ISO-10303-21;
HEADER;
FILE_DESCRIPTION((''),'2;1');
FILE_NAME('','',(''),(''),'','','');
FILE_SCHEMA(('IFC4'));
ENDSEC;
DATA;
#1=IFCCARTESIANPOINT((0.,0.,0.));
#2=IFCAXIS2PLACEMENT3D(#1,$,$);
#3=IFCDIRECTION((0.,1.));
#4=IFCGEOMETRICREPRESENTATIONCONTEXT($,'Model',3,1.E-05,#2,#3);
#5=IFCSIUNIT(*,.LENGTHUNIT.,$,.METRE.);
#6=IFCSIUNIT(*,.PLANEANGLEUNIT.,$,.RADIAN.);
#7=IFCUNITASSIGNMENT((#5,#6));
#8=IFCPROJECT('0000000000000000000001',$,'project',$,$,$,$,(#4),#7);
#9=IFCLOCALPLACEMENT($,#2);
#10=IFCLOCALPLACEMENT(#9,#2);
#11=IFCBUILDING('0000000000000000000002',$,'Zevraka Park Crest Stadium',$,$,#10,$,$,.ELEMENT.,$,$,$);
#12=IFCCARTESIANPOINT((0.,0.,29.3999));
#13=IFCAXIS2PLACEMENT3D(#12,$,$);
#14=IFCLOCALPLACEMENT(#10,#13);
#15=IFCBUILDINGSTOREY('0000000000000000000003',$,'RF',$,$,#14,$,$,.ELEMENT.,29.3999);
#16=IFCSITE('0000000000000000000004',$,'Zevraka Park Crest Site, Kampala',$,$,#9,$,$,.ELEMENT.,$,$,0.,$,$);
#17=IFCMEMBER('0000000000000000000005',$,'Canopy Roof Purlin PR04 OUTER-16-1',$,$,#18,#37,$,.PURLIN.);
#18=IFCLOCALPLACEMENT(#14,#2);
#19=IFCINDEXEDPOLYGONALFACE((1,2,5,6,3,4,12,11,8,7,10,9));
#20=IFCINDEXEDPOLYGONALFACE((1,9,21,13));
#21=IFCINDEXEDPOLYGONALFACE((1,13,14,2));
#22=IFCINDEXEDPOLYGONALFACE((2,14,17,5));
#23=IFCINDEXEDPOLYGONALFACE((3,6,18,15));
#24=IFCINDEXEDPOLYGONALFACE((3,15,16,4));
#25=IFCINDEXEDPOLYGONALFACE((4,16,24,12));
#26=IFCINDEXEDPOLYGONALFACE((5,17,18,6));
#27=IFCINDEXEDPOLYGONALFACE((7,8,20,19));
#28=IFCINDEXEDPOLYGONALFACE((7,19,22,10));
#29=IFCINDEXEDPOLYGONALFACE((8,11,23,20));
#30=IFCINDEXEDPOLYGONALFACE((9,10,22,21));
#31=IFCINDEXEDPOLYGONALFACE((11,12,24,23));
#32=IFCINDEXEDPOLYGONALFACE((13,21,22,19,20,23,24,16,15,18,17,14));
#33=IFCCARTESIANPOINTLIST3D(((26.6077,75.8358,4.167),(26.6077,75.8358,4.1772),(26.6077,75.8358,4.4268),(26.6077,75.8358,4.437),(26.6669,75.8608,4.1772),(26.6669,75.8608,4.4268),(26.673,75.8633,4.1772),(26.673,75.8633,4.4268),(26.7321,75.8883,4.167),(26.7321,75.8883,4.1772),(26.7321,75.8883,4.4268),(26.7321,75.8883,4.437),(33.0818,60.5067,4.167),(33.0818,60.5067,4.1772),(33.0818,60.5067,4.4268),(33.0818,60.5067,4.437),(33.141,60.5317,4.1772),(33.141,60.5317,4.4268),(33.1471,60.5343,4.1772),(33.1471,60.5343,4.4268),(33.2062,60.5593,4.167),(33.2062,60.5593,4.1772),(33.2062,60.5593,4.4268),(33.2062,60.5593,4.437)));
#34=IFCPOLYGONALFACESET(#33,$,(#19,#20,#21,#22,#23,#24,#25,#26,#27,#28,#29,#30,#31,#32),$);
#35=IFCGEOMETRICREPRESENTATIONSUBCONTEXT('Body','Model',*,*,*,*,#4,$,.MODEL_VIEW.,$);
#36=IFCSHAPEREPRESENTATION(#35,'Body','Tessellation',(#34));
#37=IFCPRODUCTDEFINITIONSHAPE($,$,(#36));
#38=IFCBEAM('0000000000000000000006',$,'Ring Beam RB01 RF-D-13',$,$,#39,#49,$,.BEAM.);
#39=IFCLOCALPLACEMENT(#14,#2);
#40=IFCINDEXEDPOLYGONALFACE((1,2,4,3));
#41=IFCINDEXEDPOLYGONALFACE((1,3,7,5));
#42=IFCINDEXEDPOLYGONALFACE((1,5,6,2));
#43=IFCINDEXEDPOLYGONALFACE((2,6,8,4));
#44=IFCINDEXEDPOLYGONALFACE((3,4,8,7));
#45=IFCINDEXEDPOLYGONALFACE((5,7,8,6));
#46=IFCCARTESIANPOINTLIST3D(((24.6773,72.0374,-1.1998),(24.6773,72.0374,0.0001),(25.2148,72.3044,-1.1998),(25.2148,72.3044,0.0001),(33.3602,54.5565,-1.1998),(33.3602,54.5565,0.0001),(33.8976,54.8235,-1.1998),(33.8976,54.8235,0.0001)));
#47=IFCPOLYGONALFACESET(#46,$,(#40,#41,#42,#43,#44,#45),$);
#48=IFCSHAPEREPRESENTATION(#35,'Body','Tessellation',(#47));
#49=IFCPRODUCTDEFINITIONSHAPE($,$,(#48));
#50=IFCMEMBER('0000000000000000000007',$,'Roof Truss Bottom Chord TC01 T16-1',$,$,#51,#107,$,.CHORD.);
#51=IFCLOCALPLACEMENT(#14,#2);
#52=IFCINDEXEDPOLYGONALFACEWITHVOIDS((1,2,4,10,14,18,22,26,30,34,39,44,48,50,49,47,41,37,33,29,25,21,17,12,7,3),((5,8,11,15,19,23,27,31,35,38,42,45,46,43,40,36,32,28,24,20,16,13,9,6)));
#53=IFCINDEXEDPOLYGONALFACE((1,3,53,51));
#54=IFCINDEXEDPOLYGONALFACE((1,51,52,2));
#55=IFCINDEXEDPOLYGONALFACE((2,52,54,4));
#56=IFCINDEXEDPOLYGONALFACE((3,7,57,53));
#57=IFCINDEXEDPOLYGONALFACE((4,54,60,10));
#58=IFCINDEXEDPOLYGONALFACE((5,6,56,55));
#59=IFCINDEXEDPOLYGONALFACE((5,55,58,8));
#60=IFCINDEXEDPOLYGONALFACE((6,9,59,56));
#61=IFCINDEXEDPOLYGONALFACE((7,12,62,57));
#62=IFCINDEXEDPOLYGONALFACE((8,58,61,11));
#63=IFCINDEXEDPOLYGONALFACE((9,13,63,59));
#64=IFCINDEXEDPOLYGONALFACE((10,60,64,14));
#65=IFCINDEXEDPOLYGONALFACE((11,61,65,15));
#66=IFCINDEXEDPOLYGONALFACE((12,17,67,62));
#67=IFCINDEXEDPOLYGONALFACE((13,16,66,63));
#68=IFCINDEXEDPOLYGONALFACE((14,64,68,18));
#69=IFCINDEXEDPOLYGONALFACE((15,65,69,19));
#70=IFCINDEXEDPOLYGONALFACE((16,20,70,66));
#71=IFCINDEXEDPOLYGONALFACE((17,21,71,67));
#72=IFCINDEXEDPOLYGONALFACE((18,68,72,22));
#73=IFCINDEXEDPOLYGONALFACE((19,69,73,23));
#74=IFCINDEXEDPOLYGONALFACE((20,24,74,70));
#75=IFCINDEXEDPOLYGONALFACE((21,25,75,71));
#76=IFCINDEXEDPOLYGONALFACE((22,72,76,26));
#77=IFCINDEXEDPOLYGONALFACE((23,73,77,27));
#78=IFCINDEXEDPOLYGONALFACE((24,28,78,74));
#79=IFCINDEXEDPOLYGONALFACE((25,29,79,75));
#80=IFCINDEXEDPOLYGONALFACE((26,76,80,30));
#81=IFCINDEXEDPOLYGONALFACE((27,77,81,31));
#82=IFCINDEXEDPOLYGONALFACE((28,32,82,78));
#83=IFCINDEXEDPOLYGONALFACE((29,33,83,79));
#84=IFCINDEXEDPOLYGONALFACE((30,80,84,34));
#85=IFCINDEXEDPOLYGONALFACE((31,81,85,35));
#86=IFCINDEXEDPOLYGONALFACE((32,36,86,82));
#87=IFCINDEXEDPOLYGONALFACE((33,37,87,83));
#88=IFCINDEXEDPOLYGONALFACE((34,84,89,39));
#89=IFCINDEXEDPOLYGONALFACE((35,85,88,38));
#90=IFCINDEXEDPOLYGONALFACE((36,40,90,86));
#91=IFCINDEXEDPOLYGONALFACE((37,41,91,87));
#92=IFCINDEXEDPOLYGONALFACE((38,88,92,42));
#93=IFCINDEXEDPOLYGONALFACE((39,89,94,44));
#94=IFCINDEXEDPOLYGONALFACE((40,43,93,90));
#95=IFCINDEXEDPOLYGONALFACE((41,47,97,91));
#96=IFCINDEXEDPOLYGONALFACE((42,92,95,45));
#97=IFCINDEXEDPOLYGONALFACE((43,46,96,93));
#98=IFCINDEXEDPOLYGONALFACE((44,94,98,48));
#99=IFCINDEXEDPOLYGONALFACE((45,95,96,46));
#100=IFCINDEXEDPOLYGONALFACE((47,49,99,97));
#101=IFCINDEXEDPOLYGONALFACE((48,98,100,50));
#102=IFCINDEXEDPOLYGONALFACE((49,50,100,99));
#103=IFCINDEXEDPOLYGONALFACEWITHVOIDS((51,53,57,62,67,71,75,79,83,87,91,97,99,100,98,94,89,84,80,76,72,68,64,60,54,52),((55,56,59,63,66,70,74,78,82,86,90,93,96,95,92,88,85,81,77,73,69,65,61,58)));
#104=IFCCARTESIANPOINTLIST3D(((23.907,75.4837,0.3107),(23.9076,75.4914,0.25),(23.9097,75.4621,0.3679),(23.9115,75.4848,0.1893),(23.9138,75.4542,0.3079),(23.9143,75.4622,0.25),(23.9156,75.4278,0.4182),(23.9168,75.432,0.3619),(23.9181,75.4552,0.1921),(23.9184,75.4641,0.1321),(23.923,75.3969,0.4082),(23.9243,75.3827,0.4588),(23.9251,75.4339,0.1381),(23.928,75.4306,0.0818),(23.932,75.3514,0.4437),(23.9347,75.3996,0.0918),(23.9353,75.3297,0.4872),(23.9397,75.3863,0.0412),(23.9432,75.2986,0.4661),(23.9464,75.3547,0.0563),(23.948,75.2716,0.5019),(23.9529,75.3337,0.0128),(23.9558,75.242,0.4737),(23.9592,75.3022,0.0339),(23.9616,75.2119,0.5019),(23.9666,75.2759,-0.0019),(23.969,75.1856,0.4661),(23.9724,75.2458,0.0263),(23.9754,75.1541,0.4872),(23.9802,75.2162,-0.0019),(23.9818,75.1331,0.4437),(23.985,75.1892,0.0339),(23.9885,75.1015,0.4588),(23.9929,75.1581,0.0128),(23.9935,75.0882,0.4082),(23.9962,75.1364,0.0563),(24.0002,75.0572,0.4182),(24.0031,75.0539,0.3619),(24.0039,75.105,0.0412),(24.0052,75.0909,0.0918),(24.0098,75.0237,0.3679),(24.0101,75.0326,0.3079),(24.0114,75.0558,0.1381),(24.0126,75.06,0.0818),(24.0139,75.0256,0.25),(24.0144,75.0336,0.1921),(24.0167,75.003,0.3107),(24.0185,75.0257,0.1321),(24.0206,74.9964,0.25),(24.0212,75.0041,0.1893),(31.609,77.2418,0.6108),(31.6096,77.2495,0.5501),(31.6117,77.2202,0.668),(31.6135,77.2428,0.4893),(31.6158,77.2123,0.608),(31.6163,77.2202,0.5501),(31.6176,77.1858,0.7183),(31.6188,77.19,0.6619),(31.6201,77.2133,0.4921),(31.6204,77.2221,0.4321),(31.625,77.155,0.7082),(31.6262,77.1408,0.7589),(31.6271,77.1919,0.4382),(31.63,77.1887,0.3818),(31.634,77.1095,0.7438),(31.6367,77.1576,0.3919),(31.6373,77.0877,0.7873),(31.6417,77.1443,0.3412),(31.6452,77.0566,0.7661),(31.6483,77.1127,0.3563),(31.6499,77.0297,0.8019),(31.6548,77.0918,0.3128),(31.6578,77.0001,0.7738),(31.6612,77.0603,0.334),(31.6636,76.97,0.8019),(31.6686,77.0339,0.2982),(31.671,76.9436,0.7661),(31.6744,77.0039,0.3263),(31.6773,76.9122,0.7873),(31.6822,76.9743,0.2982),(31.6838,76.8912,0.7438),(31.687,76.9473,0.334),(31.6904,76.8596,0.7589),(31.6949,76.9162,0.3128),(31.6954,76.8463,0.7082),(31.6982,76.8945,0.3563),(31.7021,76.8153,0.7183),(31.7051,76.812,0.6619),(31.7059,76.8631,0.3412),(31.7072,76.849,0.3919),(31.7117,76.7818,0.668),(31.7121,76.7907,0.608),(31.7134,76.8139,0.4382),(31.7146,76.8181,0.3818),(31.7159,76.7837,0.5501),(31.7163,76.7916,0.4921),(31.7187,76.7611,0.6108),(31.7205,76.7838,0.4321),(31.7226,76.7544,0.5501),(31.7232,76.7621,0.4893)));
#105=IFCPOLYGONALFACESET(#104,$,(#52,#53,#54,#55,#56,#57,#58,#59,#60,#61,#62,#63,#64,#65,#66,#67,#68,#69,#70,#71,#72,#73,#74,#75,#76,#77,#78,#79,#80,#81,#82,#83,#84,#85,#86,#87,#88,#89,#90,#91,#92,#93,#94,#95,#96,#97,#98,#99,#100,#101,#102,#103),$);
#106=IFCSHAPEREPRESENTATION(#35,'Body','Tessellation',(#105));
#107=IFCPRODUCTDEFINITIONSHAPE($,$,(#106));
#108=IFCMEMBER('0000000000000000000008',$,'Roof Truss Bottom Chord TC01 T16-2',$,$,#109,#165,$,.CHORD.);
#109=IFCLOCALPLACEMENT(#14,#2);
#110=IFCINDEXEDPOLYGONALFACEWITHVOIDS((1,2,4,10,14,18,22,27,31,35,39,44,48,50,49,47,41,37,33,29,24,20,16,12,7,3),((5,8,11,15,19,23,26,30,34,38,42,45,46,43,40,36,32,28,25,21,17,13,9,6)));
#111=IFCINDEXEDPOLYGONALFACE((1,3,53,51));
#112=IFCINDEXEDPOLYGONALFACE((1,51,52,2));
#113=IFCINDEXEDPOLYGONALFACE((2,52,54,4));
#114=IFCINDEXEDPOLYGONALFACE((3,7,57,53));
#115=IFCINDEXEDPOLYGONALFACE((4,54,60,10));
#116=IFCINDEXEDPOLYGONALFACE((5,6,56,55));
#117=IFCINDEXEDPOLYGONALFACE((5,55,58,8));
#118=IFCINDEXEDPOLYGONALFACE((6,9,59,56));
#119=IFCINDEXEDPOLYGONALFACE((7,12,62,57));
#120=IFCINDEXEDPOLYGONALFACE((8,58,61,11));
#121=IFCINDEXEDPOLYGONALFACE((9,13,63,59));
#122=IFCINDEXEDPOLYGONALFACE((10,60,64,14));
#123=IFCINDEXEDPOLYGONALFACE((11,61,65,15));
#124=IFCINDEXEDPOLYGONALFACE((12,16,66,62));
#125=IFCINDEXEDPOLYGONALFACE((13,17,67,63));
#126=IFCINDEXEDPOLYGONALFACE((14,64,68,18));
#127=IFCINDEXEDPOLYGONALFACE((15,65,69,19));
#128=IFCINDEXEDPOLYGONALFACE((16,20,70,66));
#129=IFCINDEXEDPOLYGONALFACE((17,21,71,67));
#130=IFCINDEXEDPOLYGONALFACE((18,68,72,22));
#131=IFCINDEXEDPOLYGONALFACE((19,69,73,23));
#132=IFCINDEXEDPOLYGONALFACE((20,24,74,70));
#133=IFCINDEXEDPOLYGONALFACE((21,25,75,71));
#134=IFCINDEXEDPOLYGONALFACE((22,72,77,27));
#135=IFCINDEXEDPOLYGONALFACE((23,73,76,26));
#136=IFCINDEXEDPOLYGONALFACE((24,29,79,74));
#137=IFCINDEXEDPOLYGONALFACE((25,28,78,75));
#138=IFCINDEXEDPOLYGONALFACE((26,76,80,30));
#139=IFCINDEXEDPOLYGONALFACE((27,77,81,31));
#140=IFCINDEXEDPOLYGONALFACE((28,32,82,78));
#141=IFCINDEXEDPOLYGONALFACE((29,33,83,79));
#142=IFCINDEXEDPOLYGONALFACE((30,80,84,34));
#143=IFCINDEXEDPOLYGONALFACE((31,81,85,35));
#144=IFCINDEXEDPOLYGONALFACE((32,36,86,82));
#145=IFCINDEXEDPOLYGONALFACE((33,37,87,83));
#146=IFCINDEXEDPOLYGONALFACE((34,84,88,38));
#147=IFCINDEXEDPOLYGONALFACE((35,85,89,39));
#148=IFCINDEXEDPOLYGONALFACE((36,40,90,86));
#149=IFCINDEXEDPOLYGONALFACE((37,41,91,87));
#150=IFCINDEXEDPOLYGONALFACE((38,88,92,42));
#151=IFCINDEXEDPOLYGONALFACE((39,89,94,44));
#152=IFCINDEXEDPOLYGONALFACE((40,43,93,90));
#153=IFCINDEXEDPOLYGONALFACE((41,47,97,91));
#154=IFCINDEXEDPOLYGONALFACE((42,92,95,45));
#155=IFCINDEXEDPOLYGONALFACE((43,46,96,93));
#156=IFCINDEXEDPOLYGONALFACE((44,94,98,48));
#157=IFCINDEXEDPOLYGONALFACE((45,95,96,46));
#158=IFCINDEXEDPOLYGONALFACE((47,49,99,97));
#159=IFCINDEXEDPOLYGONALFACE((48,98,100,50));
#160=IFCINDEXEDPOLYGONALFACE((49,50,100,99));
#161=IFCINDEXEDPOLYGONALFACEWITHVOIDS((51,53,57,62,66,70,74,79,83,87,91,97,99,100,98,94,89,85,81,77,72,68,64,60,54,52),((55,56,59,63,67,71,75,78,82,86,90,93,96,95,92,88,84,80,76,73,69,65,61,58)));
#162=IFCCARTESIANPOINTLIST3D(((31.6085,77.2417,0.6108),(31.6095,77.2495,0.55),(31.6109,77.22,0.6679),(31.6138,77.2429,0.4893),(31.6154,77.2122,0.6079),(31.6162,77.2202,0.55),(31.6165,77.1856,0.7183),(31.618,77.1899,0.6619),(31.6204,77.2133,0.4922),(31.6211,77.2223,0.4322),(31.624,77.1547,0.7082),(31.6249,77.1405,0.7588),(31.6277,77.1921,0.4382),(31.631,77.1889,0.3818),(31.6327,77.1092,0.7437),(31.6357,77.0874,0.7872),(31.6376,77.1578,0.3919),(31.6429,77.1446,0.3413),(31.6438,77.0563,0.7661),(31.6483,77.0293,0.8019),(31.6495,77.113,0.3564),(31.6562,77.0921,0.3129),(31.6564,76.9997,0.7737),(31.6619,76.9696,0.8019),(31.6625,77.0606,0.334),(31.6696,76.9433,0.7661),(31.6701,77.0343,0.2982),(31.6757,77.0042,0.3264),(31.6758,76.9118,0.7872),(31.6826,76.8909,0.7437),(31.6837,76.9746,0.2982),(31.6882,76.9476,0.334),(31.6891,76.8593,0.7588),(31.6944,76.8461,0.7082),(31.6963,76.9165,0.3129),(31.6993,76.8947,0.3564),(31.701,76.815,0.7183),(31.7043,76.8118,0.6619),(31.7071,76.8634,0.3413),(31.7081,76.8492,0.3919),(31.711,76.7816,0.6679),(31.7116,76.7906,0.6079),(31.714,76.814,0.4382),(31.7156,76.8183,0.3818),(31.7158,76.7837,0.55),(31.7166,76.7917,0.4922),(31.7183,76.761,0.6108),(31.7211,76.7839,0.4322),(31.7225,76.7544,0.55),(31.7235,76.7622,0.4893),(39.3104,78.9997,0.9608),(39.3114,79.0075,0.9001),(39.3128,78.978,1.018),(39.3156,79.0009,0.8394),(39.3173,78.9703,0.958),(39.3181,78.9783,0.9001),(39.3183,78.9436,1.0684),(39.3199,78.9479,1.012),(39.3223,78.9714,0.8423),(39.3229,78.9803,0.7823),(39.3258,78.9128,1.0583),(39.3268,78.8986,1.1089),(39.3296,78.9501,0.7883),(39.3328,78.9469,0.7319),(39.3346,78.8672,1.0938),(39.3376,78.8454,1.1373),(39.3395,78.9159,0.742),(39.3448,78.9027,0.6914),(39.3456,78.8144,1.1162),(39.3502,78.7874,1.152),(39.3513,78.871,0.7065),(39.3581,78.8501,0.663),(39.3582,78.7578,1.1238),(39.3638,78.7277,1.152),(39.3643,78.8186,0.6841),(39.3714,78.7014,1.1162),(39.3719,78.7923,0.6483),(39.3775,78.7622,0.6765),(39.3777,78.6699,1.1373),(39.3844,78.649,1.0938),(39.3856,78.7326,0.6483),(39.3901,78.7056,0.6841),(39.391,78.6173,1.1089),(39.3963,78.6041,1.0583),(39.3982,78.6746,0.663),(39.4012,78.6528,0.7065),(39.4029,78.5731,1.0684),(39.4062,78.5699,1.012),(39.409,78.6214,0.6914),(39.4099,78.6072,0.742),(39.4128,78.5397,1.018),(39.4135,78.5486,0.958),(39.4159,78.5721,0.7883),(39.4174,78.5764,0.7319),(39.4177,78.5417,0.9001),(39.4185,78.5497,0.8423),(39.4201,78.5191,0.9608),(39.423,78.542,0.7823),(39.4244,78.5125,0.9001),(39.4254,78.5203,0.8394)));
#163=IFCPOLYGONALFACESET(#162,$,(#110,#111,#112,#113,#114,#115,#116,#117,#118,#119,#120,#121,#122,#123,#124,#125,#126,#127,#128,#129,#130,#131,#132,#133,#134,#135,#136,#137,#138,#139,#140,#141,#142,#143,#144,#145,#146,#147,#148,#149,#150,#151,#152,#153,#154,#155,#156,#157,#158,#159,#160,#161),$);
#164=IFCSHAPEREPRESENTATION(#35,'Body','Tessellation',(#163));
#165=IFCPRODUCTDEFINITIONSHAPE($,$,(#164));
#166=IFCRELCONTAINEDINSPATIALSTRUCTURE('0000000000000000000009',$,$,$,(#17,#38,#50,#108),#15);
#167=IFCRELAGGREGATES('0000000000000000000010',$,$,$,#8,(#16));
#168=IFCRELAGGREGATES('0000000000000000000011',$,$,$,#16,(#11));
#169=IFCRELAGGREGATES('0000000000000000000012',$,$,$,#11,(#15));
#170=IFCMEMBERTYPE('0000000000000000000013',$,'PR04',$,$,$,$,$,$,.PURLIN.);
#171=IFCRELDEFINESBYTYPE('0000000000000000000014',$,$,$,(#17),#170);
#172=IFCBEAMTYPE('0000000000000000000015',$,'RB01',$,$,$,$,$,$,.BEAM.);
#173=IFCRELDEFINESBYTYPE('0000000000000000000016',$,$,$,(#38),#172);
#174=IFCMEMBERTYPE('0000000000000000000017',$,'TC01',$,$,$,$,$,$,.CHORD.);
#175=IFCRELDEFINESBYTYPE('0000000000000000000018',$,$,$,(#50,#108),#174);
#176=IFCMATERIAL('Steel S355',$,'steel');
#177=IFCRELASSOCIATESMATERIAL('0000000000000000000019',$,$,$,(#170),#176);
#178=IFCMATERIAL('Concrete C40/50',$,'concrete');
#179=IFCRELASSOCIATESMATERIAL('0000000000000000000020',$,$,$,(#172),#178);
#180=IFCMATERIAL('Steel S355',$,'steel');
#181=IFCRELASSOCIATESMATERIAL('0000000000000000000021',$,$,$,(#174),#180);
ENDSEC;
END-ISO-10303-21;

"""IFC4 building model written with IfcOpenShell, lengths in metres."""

from ifc_helpers import new_model, si_unit, direction, frame, origin, origin_2d, place, context, subcontext, project, spatial, rectangle, hollow_circle, i_section, extrude, material, material_profile, profile_set, type_object, element, save


model = new_model("IFC4")

# Units and contexts
model_context = context("Model", 3, precision=1e-05, world=origin(), true_north=direction((0.0, 1.0)))
body_context = subcontext(model_context, "Body", "Model", "MODEL_VIEW")
ifc_project = project(units=[si_unit("LENGTHUNIT", "METRE"), si_unit("PLANEANGLEUNIT", "RADIAN")], contexts=[model_context])

# Site, building, storey
site_placement = place(None, origin())
site = spatial("IfcSite", under=ifc_project, at=site_placement, Name="Zevraka Park Crest Site, Kampala", CompositionType="ELEMENT", RefElevation=0.0)
building_placement = place(site_placement, origin())
building = spatial("IfcBuilding", under=site, at=building_placement, Name="Zevraka Park Crest Stadium", CompositionType="ELEMENT")
storey_placement = place(building_placement, frame((0.0, 0.0, 29.3999)))
storey = spatial("IfcBuildingStorey", under=building, at=storey_placement, Name="RF", CompositionType="ELEMENT", Elevation=29.3999)

# Member
ifc_material_1 = material(Name="Steel S355", Category="steel")
ifc_material_profile_1 = material_profile(ifc_material_1, i_section(OverallWidth=0.135, OverallDepth=0.27, WebThickness=0.0066, FlangeThickness=0.0103, at=origin_2d()), Name="IPE 270")
ifc_profile_set_1 = profile_set([ifc_material_profile_1], Name="Steel S355")
member_type_1 = type_object("IfcMemberType", Name="PR04", PredefinedType="PURLIN", material=ifc_profile_set_1)
member_1_placement = place(storey_placement, frame((26.6699, 75.8621, 4.302), z_axis=(0.389066, -0.92121, 0.0), x_axis=(0.92121, 0.389066, 0.0)))
element("IfcMember", 1, at=member_1_placement, inside=storey, type_object=member_type_1, Name="Canopy Roof Purlin PR04 OUTER-16-1", PredefinedType="PURLIN", context=body_context, shape_type="SweptSolid", body=[
    extrude(i_section(OverallWidth=0.135, OverallDepth=0.27, WebThickness=0.0066, FlangeThickness=0.0103, at=origin_2d()), origin(), (0.0, 0.0, 1.0), 16.6401),
])

# Beam
ifc_material_2 = material(Name="Concrete C40/50", Category="concrete")
ifc_material_profile_2 = material_profile(ifc_material_2, rectangle(XDim=0.6001, YDim=1.2, at=origin_2d()), Name="RC 1200x600")
ifc_profile_set_2 = profile_set([ifc_material_profile_2], Name="Concrete C40/50")
beam_type = type_object("IfcBeamType", Name="RB01", PredefinedType="BEAM", material=ifc_profile_set_2)
beam_placement = place(storey_placement, frame((24.946, 72.1709, -0.5999), z_axis=(0.444851, -0.895605, 0.0), x_axis=(0.895605, 0.444851, 0.0)))
element("IfcBeam", 2, at=beam_placement, inside=storey, type_object=beam_type, Name="Ring Beam RB01 RF-D-13", PredefinedType="BEAM", context=body_context, shape_type="SweptSolid", body=[
    extrude(rectangle(XDim=0.6001, YDim=1.2, at=origin_2d()), origin(), (0.0, 0.0, 1.0), 19.5186),
])

# Members
ifc_material_3 = material(Name="Steel S355", Category="steel")
ifc_material_profile_3 = material_profile(ifc_material_3, hollow_circle(Radius=0.2539, WallThickness=0.03, at=origin_2d()), Name="CHS 508.0x30")
ifc_profile_set_3 = profile_set([ifc_material_profile_3], Name="Steel S355")
member_type_2 = type_object("IfcMemberType", Name="TC01", PredefinedType="CHORD", material=ifc_profile_set_3)
member_2_placement = place(storey_placement, frame((23.9641, 75.2439, 0.25), z_axis=(0.974221, 0.222378, 0.037953), x_axis=(-0.222539, 0.974924, 0.0)))
element("IfcMember", 3, at=member_2_placement, inside=storey, type_object=member_type_2, Name="Roof Truss Bottom Chord TC01 T16-1", PredefinedType="CHORD", context=body_context, shape_type="SweptSolid", body=[
    extrude(hollow_circle(Radius=0.2539, WallThickness=0.03, at=origin_2d()), origin(), (0.0, 0.0, 1.0), 7.9058),
])
member_3_placement = place(storey_placement, frame((31.666, 77.002, 0.55), z_axis=(0.973968, 0.22232, 0.044273), x_axis=(-0.222539, 0.974924, 0.0)))
element("IfcMember", 4, at=member_3_placement, inside=storey, type_object=member_type_2, Name="Roof Truss Bottom Chord TC01 T16-2", PredefinedType="CHORD", context=body_context, shape_type="SweptSolid", body=[
    extrude(hollow_circle(Radius=0.2539, WallThickness=0.03, at=origin_2d()), origin(), (0.0, 0.0, 1.0), 7.9077),
])

save(model, "model.ifc")
